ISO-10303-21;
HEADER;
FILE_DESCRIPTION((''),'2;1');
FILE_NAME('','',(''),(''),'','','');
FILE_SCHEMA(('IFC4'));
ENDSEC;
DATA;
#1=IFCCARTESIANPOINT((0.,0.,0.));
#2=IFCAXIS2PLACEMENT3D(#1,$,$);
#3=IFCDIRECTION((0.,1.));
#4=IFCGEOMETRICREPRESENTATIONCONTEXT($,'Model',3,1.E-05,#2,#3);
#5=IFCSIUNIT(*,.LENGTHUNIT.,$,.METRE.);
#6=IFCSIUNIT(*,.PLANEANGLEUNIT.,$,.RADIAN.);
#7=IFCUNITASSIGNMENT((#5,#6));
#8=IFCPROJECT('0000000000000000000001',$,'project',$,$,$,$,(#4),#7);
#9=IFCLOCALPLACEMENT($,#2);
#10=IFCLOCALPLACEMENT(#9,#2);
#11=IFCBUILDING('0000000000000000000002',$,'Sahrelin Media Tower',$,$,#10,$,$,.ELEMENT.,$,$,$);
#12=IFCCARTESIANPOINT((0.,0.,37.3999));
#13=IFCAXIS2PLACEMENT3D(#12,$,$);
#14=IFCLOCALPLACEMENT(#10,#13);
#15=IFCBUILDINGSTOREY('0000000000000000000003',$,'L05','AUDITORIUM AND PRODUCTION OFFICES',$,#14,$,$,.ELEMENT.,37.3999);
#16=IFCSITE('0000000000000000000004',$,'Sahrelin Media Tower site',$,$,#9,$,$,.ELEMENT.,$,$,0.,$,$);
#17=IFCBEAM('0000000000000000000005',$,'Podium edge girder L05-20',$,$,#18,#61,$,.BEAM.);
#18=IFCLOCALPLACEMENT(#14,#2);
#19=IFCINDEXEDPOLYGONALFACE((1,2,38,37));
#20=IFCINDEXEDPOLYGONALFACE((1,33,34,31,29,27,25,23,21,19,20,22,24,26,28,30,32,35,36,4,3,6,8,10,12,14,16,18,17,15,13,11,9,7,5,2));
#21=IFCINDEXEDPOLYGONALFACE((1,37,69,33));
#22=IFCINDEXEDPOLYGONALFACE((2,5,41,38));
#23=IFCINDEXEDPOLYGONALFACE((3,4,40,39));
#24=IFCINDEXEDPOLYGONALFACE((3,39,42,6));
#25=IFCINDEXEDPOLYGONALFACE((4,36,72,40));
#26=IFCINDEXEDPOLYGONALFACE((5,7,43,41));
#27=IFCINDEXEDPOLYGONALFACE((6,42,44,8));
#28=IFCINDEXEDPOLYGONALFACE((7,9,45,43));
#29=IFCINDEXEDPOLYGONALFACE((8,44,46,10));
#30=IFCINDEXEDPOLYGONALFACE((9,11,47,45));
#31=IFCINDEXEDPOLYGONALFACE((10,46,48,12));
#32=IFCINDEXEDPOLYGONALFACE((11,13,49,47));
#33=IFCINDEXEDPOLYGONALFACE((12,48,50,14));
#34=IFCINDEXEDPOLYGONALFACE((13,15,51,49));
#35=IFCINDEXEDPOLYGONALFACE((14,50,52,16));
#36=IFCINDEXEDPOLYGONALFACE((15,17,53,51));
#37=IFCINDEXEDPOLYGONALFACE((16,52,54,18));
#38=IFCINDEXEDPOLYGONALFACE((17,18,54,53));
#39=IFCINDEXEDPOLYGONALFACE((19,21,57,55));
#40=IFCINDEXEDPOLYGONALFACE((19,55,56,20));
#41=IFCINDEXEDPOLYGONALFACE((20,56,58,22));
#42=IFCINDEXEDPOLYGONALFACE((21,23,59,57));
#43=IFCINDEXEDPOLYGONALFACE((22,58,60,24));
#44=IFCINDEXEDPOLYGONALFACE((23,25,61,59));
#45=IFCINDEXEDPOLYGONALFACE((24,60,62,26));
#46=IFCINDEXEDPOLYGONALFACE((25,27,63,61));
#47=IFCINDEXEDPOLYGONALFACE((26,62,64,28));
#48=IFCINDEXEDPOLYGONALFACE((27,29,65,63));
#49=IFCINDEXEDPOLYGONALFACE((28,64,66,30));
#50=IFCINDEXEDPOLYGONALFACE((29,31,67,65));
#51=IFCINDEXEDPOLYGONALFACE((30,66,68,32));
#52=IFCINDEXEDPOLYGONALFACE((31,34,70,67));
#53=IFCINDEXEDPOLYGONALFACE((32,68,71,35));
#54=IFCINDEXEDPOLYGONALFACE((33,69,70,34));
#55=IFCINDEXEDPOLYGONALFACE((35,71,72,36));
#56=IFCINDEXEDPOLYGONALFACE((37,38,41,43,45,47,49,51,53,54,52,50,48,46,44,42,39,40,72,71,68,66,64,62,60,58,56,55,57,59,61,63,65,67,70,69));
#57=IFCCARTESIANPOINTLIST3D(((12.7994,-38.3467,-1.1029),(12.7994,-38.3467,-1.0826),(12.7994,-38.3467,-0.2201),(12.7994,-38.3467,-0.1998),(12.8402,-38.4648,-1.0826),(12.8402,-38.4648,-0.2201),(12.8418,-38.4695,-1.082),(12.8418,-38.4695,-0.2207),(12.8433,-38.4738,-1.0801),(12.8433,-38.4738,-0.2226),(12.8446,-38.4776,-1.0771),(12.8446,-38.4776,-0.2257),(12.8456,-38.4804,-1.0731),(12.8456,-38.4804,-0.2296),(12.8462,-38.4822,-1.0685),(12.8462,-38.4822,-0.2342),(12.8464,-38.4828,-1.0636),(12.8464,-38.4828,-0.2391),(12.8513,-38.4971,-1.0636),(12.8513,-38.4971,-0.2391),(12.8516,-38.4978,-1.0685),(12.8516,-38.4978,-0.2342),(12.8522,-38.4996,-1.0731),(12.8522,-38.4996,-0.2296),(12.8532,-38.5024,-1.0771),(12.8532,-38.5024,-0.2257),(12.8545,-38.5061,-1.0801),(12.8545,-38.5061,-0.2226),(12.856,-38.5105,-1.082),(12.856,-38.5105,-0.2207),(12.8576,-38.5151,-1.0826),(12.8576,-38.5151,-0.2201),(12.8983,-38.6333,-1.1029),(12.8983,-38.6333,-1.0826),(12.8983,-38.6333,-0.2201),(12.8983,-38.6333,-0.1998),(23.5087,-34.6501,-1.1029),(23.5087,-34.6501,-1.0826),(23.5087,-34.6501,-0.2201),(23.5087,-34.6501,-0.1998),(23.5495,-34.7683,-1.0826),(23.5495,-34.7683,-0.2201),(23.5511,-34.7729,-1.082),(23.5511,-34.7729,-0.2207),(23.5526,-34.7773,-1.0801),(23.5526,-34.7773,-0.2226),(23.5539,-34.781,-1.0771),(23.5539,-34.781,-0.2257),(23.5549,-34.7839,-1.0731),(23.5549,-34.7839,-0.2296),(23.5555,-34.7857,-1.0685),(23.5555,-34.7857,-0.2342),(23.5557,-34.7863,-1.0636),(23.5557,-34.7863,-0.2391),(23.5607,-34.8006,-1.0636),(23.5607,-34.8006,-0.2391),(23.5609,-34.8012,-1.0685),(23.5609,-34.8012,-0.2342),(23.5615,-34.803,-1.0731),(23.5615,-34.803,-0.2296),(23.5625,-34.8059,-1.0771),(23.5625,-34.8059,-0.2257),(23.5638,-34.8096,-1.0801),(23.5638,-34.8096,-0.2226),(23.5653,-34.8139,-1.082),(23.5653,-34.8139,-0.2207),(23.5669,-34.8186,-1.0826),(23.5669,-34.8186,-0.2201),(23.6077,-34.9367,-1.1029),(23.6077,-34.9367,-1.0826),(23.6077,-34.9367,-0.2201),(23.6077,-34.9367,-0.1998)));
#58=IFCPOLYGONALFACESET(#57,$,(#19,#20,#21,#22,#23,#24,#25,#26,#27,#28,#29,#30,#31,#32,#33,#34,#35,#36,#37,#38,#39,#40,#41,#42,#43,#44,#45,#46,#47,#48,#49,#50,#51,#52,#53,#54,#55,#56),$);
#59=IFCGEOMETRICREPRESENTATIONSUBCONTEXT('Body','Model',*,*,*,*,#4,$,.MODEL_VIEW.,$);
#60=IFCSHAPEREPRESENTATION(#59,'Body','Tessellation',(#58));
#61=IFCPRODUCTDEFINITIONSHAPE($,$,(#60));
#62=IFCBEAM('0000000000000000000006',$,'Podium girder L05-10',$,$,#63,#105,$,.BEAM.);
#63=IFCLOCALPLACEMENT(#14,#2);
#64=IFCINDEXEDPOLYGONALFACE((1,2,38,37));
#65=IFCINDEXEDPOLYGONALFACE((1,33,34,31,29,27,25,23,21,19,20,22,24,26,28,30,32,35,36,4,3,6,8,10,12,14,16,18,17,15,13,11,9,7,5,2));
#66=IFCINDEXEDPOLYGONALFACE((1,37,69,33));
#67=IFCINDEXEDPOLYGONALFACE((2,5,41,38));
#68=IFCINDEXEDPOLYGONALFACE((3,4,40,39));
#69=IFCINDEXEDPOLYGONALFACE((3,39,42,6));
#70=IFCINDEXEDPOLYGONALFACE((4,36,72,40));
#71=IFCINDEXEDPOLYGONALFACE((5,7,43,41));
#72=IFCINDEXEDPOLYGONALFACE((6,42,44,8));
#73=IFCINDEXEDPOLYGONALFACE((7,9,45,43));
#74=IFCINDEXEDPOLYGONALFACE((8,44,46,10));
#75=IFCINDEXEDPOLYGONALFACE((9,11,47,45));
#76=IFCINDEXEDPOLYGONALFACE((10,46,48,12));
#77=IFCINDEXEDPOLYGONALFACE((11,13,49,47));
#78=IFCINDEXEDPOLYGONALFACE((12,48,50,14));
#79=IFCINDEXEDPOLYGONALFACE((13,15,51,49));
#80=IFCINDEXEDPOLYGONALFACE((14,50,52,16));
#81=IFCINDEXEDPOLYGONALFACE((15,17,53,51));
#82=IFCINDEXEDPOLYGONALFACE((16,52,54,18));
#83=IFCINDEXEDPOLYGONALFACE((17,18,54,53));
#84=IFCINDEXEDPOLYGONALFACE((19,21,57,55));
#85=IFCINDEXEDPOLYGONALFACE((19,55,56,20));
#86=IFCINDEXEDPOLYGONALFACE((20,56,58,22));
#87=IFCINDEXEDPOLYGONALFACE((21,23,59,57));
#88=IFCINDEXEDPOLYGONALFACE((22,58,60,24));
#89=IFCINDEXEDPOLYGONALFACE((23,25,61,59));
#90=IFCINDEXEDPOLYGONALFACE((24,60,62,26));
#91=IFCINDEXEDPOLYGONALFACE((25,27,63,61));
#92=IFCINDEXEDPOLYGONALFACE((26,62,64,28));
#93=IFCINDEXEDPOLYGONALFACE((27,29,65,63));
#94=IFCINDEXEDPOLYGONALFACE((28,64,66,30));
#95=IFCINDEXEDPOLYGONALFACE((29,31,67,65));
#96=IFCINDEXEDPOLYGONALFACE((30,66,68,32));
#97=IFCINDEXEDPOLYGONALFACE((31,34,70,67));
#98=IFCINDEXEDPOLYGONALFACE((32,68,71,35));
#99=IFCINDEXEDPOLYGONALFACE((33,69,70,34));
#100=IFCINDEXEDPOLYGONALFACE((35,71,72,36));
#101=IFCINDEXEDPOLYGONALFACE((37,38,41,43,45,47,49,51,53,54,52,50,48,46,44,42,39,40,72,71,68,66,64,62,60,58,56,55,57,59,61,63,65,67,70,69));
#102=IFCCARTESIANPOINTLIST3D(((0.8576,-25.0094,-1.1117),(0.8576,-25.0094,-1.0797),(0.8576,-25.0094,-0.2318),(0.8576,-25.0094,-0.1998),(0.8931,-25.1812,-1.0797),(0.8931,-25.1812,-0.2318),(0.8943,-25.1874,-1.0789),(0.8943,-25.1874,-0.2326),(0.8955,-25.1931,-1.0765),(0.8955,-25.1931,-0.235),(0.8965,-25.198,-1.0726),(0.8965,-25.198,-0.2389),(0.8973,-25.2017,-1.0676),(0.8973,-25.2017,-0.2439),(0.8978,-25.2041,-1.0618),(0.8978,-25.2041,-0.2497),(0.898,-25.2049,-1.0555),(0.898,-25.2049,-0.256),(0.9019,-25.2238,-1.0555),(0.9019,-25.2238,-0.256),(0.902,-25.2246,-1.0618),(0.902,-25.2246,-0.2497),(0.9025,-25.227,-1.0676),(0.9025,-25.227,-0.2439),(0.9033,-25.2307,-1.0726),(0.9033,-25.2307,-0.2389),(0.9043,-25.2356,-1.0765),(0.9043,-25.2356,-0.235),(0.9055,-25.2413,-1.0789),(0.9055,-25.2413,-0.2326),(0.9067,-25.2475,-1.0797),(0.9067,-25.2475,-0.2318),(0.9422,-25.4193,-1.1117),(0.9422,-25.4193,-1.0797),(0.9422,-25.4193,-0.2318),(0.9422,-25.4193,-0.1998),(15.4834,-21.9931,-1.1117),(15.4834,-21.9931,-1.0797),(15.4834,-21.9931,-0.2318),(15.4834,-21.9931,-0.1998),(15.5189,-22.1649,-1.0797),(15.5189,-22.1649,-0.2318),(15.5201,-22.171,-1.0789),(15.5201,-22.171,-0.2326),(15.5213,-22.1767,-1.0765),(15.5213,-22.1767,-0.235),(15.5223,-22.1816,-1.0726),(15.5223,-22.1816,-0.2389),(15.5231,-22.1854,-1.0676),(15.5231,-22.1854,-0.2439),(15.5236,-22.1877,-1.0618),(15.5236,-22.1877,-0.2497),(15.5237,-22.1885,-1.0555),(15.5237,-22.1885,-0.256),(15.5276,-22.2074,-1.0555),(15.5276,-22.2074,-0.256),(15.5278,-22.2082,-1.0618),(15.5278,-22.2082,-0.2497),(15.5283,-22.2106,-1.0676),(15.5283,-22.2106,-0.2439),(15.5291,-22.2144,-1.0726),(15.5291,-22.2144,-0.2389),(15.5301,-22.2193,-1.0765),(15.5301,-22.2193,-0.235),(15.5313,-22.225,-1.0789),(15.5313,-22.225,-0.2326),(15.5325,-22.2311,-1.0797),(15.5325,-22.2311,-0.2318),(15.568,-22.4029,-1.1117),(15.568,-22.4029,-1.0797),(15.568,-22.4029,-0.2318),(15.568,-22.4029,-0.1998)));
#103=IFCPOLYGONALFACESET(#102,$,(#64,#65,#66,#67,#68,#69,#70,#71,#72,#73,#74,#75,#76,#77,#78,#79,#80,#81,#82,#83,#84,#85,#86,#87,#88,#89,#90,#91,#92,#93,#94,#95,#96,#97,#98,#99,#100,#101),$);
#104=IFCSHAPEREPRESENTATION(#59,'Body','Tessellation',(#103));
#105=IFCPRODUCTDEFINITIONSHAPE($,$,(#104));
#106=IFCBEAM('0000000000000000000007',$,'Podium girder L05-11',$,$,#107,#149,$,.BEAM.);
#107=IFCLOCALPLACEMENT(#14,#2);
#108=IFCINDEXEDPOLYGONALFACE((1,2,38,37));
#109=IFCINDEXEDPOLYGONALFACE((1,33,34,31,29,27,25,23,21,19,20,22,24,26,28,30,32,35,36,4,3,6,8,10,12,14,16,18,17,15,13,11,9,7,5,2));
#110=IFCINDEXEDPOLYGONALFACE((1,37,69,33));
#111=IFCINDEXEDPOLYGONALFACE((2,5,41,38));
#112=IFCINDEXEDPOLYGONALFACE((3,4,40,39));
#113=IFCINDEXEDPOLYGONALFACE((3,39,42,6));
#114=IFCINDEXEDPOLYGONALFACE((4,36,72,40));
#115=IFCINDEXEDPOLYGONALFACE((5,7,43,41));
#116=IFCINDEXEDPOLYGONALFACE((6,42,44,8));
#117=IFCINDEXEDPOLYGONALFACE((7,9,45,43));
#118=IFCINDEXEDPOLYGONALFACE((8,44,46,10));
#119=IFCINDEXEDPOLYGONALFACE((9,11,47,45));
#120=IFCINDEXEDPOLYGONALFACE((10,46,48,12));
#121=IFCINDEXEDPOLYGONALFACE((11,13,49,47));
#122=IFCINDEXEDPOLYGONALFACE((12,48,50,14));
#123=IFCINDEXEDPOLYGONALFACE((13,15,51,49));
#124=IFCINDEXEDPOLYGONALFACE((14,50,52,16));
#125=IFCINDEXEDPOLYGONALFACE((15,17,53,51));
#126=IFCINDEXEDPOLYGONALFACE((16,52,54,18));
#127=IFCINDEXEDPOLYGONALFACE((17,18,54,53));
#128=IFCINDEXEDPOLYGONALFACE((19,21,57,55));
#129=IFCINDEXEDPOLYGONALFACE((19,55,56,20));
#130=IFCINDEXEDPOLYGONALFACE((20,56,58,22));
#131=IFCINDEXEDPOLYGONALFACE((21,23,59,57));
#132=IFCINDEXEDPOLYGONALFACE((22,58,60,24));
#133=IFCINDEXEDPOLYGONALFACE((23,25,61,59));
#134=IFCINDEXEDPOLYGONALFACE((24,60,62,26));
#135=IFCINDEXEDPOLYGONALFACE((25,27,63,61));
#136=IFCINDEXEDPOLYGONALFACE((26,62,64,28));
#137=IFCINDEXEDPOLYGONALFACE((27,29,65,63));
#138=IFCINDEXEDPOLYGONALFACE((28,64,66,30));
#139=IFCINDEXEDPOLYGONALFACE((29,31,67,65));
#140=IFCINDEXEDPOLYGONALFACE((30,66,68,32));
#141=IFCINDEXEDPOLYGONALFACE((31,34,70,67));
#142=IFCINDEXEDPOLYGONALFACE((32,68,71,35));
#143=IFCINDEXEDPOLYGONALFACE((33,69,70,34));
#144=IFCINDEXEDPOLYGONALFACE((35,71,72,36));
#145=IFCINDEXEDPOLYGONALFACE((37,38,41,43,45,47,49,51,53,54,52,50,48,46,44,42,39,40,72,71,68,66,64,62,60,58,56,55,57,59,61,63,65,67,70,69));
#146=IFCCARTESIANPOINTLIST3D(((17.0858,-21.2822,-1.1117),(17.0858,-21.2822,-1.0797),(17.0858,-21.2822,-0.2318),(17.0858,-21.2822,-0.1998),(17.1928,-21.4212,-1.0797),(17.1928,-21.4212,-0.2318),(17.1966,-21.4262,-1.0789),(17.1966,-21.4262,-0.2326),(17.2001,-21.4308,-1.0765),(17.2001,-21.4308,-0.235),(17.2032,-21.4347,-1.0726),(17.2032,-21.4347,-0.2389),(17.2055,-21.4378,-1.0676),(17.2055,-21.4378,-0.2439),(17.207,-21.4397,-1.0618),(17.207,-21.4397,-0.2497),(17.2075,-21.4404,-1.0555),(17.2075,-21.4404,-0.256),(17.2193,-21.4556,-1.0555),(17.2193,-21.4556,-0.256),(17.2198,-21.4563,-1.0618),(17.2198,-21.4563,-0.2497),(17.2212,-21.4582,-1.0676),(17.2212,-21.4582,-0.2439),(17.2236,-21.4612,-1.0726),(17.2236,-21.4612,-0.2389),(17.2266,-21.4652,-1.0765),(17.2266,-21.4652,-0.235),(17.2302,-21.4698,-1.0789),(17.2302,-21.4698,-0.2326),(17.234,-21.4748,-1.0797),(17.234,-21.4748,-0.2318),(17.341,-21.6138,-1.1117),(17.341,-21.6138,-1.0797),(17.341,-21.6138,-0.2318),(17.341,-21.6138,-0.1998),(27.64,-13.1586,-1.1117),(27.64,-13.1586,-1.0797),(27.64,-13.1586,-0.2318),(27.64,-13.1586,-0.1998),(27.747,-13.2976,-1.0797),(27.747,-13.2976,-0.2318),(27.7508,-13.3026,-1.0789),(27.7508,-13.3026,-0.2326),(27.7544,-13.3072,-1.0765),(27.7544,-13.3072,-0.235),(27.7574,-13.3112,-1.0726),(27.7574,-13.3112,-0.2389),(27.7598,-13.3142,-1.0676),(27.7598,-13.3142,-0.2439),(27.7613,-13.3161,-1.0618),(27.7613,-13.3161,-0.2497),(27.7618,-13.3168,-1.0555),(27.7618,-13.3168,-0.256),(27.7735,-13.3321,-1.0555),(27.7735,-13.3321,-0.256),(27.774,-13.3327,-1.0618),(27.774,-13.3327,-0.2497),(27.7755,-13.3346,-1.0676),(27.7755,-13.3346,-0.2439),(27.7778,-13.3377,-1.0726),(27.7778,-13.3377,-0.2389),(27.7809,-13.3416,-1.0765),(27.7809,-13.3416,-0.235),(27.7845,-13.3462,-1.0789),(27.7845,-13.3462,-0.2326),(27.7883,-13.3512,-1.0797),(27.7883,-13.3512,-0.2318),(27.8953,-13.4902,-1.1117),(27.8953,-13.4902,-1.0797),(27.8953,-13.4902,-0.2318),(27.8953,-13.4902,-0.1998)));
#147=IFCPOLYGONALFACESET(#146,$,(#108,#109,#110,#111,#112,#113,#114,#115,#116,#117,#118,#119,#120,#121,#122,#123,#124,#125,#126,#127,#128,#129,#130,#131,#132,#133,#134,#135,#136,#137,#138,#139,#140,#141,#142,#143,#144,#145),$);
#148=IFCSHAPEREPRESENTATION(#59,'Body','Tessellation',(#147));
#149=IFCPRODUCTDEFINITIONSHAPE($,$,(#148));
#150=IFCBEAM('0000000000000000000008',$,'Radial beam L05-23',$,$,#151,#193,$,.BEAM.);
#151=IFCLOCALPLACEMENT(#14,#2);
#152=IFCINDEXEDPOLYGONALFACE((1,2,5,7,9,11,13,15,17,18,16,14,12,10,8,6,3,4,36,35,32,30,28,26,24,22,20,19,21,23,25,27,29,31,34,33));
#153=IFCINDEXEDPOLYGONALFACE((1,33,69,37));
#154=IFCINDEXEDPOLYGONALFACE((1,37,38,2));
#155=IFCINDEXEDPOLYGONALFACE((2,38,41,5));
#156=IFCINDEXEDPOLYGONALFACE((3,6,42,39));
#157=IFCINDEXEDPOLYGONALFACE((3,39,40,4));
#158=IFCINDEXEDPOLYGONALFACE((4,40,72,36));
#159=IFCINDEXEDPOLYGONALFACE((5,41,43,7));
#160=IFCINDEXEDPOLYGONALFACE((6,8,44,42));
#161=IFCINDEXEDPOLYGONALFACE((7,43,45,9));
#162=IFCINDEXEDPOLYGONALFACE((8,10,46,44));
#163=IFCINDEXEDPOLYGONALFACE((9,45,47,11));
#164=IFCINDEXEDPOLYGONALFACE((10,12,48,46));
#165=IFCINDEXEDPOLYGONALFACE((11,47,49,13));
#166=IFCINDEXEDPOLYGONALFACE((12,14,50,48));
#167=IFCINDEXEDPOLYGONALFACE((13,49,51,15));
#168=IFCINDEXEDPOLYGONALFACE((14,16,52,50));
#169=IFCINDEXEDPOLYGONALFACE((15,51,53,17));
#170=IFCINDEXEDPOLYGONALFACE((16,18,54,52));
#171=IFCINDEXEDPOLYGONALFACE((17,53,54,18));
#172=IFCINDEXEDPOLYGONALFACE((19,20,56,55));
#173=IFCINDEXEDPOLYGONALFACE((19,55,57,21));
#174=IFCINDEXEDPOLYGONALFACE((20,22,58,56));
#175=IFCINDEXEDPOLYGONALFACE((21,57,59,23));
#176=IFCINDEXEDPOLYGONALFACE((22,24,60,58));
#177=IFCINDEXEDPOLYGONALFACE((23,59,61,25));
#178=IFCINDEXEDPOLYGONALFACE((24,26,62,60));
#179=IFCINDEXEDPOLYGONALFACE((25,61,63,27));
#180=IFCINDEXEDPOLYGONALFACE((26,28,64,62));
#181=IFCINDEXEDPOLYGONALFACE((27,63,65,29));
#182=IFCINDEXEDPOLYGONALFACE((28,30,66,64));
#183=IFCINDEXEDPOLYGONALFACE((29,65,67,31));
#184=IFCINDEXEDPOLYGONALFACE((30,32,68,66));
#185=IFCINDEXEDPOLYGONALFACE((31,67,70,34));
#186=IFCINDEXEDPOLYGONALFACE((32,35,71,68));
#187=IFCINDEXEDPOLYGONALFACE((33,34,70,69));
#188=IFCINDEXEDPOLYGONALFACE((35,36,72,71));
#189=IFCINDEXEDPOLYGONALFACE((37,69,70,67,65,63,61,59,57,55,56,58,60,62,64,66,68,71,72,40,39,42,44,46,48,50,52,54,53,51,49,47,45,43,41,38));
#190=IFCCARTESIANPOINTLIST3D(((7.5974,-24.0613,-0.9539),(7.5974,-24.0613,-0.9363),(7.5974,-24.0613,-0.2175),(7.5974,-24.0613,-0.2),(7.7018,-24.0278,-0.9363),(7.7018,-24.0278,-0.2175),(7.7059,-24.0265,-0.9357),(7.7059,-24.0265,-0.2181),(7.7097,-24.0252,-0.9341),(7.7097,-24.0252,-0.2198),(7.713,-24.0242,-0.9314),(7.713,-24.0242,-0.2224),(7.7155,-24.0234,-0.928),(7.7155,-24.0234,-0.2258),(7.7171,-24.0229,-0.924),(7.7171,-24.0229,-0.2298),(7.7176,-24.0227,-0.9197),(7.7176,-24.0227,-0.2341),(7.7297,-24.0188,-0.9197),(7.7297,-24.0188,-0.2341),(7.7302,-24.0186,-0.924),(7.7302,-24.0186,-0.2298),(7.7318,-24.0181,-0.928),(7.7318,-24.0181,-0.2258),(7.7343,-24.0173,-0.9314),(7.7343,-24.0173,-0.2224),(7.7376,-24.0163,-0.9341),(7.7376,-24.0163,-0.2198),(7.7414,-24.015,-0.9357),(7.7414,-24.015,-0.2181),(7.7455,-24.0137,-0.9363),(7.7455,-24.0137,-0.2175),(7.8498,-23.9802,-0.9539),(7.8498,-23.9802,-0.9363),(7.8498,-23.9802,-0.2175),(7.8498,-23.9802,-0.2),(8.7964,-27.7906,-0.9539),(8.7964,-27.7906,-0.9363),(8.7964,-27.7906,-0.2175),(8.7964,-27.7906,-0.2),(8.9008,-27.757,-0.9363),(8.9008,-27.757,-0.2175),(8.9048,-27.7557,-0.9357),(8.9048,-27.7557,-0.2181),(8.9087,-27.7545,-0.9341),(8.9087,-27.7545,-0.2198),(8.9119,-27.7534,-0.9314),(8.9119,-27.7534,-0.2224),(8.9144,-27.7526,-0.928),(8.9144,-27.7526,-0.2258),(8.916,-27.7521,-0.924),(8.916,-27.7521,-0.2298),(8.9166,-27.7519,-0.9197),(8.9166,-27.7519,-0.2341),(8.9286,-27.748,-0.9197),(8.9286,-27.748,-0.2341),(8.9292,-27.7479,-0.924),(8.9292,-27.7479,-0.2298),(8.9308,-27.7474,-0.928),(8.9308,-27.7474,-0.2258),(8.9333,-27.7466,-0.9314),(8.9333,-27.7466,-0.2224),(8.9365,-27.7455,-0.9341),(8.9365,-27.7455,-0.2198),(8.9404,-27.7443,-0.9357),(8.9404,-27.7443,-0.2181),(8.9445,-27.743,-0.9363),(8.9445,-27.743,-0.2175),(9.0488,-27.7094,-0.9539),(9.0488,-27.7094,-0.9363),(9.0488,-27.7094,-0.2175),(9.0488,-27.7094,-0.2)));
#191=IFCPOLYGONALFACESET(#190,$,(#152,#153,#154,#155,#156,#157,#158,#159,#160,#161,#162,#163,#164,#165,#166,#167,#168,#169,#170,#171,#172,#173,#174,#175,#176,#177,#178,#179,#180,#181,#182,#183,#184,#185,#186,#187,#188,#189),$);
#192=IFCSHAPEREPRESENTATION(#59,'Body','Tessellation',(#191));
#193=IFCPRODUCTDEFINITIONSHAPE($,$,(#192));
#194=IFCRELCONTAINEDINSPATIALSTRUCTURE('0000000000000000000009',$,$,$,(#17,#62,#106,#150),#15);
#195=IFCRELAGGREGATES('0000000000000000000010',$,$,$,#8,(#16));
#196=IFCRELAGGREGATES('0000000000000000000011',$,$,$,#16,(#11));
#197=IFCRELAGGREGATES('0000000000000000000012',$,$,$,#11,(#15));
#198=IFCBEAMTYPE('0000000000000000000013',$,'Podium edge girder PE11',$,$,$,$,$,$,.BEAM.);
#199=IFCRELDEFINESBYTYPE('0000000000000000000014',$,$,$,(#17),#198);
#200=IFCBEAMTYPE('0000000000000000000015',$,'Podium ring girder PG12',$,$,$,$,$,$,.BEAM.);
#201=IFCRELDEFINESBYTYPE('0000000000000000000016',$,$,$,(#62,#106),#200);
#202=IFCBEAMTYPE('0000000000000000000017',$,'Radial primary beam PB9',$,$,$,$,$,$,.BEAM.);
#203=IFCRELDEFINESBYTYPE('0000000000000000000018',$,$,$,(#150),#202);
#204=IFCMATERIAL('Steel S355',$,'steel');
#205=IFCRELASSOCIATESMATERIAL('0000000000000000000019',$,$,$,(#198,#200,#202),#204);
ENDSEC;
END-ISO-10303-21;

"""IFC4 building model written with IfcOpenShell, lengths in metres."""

from ifc_helpers import new_model, si_unit, direction, frame, origin, origin_2d, place, context, subcontext, project, spatial, i_section, extrude, material, material_profile, profile_set, type_object, element, save


model = new_model("IFC4")

# Units and contexts
model_context = context("Model", 3, precision=1e-05, world=origin(), true_north=direction((0.0, 1.0)))
body_context = subcontext(model_context, "Body", "Model", "MODEL_VIEW")
ifc_project = project(units=[si_unit("LENGTHUNIT", "METRE"), si_unit("PLANEANGLEUNIT", "RADIAN")], contexts=[model_context])

# Site, building, storey
site_placement = place(None, origin())
site = spatial("IfcSite", under=ifc_project, at=site_placement, Name="Sahrelin Media Tower site", CompositionType="ELEMENT", RefElevation=0.0)
building_placement = place(site_placement, origin())
building = spatial("IfcBuilding", under=site, at=building_placement, Name="Sahrelin Media Tower", CompositionType="ELEMENT")
storey_placement = place(building_placement, frame((0.0, 0.0, 37.3999)))
storey = spatial("IfcBuildingStorey", under=building, at=storey_placement, Name="L05", Description="AUDITORIUM AND PRODUCTION OFFICES", CompositionType="ELEMENT", Elevation=37.3999)

# Shared definitions
ifc_material_1 = material(Name="Steel S355", Category="steel")

# Beams
ifc_material_profile_1 = material_profile(ifc_material_1, i_section(OverallWidth=0.3032, OverallDepth=0.9031, WebThickness=0.0151, FlangeThickness=0.0203, FilletRadius=0.019, at=origin_2d()), Name="UB 914x305x201")
ifc_profile_set_1 = profile_set([ifc_material_profile_1], Name="Steel S355")
beam_type_1 = type_object("IfcBeamType", Name="Podium edge girder PE11", PredefinedType="BEAM", material=ifc_profile_set_1)
beam_1_placement = place(storey_placement, frame((12.8489, -38.49, -0.6514), z_axis=(0.945272, 0.326282, 0.0), x_axis=(-0.326282, 0.945272, 0.0)))
element("IfcBeam", 1, at=beam_1_placement, inside=storey, type_object=beam_type_1, Name="Podium edge girder L05-20", PredefinedType="BEAM", context=body_context, shape_type="SweptSolid", body=[
    extrude(i_section(OverallWidth=0.3032, OverallDepth=0.9031, WebThickness=0.0151, FlangeThickness=0.0203, FilletRadius=0.019, at=origin_2d()), origin(), (0.0, 0.0, 1.0), 11.3293),
])
ifc_material_profile_2 = material_profile(ifc_material_1, i_section(OverallWidth=0.4185, OverallDepth=0.9119, WebThickness=0.0193, FlangeThickness=0.032, FilletRadius=0.0242, at=origin_2d()), Name="UB 914x419x343")
ifc_profile_set_2 = profile_set([ifc_material_profile_2], Name="Steel S355")
beam_type_2 = type_object("IfcBeamType", Name="Podium ring girder PG12", PredefinedType="BEAM", material=ifc_profile_set_2)
beam_2_placement = place(storey_placement, frame((0.8999, -25.2144, -0.6558), z_axis=(0.979389, 0.201985, 0.0), x_axis=(-0.201985, 0.979389, 0.0)))
element("IfcBeam", 2, at=beam_2_placement, inside=storey, type_object=beam_type_2, Name="Podium girder L05-10", PredefinedType="BEAM", context=body_context, shape_type="SweptSolid", body=[
    extrude(i_section(OverallWidth=0.4185, OverallDepth=0.9119, WebThickness=0.0193, FlangeThickness=0.032, FilletRadius=0.0242, at=origin_2d()), origin(), (0.0, 0.0, 1.0), 14.9336),
])
beam_3_placement = place(storey_placement, frame((17.2134, -21.448, -0.6558), z_axis=(0.792445, 0.609943, 0.0), x_axis=(-0.609943, 0.792445, 0.0)))
element("IfcBeam", 3, at=beam_3_placement, inside=storey, type_object=beam_type_2, Name="Podium girder L05-11", PredefinedType="BEAM", context=body_context, shape_type="SweptSolid", body=[
    extrude(i_section(OverallWidth=0.4185, OverallDepth=0.9119, WebThickness=0.0193, FlangeThickness=0.032, FilletRadius=0.0242, at=origin_2d()), origin(), (0.0, 0.0, 1.0), 13.3186),
])
ifc_material_profile_3 = material_profile(ifc_material_1, i_section(OverallWidth=0.2651, OverallDepth=0.7539, WebThickness=0.0127, FlangeThickness=0.0176, FilletRadius=0.0166, at=origin_2d()), Name="UB 762x267x147")
ifc_profile_set_3 = profile_set([ifc_material_profile_3], Name="Steel S355")
beam_type_3 = type_object("IfcBeamType", Name="Radial primary beam PB9", PredefinedType="BEAM", material=ifc_profile_set_3)
beam_4_placement = place(storey_placement, frame((7.7236, -24.0208, -0.5769), z_axis=(0.306076, -0.952007, 0.0), x_axis=(0.952007, 0.306076, 0.0)))
element("IfcBeam", 4, at=beam_4_placement, inside=storey, type_object=beam_type_3, Name="Radial beam L05-23", PredefinedType="BEAM", context=body_context, shape_type="SweptSolid", body=[
    extrude(i_section(OverallWidth=0.2651, OverallDepth=0.7539, WebThickness=0.0127, FlangeThickness=0.0176, FilletRadius=0.0166, at=origin_2d()), origin(), (0.0, 0.0, 1.0), 3.9172),
])

save(model, "model.ifc")
